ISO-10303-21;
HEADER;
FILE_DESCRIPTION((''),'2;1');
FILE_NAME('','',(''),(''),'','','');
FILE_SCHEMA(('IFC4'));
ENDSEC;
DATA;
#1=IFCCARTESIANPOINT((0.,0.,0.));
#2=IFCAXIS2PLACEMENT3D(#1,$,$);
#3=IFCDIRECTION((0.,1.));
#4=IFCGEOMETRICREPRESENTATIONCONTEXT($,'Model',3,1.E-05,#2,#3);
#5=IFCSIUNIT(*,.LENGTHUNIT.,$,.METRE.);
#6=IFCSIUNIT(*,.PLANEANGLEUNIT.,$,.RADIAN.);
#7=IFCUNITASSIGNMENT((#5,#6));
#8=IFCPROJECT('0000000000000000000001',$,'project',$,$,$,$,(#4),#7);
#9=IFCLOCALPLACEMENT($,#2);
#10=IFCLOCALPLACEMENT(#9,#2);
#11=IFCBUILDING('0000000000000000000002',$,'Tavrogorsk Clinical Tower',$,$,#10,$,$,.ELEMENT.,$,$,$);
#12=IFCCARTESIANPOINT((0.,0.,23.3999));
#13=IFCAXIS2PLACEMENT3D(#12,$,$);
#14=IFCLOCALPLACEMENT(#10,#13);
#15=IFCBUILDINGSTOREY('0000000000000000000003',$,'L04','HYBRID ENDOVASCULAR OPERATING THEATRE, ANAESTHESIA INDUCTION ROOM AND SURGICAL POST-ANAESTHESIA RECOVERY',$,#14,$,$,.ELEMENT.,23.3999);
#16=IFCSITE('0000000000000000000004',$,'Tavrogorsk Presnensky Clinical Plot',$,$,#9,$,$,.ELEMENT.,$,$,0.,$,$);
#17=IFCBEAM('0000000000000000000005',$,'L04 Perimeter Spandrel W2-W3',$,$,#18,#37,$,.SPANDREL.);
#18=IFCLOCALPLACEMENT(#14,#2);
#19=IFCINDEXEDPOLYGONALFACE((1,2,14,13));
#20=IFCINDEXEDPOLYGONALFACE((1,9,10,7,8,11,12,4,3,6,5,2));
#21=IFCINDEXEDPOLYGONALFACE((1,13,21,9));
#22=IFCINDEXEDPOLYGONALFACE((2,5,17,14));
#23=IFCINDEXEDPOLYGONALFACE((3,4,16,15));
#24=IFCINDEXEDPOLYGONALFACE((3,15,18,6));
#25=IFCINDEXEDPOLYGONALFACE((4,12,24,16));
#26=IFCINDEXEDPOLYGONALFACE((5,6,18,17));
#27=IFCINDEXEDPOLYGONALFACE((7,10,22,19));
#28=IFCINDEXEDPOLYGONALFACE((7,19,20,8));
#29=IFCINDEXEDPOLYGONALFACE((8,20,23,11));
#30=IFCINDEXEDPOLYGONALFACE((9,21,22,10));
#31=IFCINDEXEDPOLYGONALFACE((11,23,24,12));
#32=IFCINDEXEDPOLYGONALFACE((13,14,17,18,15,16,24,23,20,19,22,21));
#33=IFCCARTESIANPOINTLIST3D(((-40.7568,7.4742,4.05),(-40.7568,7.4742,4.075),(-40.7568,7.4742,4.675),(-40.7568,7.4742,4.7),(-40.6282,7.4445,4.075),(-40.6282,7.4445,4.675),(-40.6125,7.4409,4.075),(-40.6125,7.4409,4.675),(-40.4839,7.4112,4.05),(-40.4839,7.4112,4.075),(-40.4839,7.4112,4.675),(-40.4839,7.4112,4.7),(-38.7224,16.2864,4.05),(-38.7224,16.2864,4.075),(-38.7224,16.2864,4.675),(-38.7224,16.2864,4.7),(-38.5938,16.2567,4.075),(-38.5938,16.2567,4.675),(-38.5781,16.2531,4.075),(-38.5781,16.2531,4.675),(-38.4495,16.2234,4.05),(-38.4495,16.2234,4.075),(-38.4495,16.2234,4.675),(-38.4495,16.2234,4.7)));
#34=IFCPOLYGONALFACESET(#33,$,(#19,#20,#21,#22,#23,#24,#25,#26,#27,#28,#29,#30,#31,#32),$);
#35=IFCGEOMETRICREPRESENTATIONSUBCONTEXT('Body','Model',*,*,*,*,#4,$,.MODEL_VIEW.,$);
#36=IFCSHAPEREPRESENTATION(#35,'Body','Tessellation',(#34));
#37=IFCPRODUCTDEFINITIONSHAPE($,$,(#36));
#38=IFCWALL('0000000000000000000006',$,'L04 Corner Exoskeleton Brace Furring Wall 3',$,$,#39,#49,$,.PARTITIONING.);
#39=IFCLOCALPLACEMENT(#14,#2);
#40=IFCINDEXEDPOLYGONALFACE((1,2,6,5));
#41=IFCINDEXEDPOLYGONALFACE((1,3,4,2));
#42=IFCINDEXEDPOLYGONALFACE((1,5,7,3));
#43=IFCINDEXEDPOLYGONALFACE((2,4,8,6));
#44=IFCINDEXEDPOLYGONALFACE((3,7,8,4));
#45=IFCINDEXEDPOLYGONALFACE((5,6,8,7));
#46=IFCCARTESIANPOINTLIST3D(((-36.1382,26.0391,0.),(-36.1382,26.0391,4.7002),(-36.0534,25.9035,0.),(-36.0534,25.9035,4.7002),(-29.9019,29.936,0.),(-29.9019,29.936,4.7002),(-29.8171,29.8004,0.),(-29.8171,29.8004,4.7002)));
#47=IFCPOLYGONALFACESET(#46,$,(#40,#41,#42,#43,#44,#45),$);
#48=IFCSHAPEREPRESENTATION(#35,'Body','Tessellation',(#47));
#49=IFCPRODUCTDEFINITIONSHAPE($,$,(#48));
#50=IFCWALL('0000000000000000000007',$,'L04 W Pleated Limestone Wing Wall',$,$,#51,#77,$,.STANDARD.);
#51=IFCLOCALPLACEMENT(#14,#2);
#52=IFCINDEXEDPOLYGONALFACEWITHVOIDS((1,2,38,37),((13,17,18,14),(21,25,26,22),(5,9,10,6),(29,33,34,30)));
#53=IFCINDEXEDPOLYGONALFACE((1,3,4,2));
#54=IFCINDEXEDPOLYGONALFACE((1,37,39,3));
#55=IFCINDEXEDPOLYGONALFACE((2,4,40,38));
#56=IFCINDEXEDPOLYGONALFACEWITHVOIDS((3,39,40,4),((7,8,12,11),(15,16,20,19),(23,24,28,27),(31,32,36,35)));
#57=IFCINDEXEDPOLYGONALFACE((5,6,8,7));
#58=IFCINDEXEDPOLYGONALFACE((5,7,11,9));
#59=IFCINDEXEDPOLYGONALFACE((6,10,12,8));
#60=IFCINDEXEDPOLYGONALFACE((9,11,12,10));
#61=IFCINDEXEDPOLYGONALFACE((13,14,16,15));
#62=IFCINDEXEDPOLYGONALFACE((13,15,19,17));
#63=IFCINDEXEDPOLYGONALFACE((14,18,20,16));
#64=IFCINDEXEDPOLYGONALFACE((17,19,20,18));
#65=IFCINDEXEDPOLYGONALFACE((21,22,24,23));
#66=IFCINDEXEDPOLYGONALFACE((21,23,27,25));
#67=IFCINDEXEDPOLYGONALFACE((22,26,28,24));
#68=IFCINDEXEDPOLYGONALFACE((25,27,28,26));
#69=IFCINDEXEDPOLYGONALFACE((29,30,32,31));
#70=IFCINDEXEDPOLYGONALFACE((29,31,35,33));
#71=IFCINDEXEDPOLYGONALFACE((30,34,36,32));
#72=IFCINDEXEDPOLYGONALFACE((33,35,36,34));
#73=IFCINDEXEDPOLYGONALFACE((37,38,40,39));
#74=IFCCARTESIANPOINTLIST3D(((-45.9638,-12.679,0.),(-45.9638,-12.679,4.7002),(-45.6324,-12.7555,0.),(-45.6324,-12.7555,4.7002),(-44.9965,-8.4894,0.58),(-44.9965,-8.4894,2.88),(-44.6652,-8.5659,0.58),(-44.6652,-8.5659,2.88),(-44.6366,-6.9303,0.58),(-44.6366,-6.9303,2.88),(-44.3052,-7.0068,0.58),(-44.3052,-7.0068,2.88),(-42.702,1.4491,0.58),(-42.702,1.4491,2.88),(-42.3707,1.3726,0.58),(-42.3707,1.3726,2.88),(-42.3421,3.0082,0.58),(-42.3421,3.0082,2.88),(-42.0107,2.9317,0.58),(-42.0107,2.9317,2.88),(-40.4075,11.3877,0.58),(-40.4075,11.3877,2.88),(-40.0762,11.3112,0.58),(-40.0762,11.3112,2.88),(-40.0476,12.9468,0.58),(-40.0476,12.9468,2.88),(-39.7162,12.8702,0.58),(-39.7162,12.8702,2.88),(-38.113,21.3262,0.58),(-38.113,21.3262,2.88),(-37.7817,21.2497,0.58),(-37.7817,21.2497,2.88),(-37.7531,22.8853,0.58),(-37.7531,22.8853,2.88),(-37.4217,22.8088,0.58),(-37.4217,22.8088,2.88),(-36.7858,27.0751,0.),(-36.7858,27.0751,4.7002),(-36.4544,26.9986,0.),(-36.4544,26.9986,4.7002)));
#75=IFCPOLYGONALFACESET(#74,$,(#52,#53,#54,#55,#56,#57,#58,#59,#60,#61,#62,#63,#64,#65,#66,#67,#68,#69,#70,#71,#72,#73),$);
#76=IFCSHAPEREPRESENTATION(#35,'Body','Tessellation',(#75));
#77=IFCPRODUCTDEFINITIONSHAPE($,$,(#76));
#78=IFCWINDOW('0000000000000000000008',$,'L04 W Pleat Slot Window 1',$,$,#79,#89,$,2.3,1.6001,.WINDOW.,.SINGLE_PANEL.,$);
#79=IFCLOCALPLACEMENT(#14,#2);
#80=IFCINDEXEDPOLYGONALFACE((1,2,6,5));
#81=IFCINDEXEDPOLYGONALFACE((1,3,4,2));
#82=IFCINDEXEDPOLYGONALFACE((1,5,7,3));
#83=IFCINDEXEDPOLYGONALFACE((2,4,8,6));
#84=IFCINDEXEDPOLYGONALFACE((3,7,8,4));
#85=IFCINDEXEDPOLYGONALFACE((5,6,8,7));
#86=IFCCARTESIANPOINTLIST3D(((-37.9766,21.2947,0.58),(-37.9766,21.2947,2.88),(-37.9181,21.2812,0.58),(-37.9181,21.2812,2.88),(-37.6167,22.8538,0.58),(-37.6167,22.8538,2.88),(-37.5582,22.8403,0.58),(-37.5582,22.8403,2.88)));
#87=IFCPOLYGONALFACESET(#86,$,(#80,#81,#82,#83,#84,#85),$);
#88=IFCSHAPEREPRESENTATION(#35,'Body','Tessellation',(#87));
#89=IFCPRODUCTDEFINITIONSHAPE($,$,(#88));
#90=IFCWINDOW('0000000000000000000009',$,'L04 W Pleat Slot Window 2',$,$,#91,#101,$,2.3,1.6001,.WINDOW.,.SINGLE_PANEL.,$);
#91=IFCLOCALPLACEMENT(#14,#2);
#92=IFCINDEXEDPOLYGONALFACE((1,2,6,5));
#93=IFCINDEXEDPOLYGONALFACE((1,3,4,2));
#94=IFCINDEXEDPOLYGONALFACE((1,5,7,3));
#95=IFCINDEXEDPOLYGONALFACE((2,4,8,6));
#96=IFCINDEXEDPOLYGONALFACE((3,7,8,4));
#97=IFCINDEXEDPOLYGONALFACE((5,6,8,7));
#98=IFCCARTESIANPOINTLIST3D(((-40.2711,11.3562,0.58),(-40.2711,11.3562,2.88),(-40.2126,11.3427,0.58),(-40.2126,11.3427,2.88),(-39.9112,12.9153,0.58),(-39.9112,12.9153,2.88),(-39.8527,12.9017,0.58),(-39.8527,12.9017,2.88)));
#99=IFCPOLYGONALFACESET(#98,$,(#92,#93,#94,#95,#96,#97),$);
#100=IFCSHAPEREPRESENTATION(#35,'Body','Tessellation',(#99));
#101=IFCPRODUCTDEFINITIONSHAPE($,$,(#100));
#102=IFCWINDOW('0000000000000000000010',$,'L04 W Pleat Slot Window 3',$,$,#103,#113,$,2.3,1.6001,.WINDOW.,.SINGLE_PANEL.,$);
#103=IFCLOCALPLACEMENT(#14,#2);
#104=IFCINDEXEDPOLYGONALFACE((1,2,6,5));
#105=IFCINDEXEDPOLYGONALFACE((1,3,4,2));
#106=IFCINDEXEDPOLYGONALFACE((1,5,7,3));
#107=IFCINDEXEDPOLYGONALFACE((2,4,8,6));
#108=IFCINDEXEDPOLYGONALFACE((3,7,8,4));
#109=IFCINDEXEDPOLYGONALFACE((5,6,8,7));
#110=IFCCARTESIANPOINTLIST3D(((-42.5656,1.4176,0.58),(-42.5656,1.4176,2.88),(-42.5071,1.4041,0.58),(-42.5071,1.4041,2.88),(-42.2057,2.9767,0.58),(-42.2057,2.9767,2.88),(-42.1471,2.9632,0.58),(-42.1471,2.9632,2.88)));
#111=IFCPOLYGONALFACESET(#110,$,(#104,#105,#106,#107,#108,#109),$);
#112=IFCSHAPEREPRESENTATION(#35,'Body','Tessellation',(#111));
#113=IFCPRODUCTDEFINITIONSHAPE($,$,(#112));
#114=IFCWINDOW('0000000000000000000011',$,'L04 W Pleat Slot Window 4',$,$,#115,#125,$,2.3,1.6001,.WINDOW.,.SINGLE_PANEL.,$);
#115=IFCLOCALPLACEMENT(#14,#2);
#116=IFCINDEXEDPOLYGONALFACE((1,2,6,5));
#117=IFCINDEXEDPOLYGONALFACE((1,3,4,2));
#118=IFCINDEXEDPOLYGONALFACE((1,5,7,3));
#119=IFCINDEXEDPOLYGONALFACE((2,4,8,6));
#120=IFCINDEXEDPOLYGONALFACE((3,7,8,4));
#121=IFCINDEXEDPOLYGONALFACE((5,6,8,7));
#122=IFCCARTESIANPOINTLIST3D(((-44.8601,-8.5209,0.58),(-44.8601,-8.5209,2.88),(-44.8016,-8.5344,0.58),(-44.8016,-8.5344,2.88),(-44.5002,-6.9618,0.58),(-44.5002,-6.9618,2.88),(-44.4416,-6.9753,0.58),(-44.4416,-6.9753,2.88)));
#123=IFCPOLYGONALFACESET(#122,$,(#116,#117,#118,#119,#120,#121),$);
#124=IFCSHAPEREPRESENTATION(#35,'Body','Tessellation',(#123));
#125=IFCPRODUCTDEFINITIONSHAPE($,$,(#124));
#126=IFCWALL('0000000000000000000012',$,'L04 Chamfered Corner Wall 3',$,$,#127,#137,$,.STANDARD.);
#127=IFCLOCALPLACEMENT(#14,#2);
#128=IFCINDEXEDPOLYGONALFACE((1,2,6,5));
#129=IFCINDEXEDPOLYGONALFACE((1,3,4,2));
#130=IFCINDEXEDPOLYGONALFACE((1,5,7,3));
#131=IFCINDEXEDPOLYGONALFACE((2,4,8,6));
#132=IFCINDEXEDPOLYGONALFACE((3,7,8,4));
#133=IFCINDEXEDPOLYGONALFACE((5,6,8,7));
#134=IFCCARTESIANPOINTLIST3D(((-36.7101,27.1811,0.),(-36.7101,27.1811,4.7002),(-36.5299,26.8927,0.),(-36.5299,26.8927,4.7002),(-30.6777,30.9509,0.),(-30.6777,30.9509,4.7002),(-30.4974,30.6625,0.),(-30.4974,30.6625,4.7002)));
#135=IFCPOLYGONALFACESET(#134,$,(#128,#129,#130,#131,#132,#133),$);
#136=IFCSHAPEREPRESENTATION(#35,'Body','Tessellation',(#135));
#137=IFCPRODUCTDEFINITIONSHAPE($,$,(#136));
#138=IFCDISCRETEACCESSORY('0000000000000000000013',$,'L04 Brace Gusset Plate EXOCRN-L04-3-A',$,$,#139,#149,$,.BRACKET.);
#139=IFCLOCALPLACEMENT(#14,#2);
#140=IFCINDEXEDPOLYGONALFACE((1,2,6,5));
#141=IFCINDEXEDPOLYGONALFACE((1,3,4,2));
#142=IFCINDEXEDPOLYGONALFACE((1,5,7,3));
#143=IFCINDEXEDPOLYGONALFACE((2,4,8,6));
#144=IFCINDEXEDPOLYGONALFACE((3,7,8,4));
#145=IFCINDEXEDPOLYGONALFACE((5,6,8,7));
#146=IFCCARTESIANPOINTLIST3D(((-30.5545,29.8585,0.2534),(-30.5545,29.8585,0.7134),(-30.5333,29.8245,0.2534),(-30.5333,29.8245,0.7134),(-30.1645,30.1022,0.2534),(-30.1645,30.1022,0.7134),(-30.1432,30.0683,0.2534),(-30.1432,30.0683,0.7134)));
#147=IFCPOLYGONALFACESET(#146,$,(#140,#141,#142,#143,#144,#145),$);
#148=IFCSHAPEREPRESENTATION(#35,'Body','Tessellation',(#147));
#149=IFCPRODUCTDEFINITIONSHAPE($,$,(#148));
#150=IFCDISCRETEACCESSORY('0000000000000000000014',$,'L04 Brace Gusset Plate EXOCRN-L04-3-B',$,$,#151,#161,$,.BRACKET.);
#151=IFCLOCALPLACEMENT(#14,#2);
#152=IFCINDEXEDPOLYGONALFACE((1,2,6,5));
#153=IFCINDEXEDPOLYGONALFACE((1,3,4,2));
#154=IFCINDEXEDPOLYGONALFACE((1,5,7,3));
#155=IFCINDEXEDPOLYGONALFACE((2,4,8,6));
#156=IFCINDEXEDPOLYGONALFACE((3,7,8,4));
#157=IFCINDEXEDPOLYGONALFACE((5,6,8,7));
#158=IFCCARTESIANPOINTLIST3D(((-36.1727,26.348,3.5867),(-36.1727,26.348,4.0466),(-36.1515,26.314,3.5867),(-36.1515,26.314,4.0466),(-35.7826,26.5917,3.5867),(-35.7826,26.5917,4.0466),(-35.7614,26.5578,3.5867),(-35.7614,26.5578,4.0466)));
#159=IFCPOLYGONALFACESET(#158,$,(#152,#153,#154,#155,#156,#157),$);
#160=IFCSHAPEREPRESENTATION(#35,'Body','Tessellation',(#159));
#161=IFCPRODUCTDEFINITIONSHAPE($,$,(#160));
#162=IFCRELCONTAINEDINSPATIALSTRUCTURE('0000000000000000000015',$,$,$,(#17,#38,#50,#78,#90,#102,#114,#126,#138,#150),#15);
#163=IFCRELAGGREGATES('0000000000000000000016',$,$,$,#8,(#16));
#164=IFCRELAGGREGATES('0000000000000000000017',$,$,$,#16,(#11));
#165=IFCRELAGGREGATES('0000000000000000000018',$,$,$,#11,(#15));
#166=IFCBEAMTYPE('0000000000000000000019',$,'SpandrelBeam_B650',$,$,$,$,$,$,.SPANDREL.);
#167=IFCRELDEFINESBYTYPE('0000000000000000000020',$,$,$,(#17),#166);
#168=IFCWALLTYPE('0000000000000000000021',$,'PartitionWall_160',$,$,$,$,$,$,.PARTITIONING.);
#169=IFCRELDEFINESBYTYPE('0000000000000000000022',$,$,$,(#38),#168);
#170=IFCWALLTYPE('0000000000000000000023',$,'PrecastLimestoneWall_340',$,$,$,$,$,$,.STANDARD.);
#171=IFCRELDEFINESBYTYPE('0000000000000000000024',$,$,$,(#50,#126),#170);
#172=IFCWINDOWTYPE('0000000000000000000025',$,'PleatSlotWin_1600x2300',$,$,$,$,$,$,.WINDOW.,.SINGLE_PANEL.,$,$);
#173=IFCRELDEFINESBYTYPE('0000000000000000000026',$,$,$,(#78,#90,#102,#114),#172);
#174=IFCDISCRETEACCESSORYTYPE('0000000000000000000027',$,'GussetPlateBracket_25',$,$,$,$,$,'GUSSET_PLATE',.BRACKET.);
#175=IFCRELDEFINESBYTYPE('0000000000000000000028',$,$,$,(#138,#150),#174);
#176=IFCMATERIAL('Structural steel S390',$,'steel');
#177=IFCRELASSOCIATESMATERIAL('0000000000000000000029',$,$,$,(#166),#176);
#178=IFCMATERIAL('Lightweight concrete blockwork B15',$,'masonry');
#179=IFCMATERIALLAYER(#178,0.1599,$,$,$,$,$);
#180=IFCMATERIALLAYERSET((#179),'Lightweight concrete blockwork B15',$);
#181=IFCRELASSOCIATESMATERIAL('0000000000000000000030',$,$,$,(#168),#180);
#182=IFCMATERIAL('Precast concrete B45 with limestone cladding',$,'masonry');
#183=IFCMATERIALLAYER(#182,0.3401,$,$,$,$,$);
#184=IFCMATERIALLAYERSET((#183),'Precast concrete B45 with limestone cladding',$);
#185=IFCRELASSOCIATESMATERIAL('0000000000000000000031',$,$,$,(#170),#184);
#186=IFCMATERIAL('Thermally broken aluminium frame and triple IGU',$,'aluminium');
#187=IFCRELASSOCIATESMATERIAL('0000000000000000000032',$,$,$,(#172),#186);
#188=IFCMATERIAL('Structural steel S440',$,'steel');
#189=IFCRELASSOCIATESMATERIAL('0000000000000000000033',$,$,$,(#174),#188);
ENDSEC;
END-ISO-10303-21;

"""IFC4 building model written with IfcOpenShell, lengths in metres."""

from ifc_helpers import new_model, si_unit, direction, frame, frame_2d, origin, origin_2d, place, context, subcontext, project, spatial, rectangle, i_section, extrude, material, layer, layer_set, material_profile, profile_set, type_object, element, fill, save


model = new_model("IFC4")

# Units and contexts
model_context = context("Model", 3, precision=1e-05, world=origin(), true_north=direction((0.0, 1.0)))
body_context = subcontext(model_context, "Body", "Model", "MODEL_VIEW")
ifc_project = project(units=[si_unit("LENGTHUNIT", "METRE"), si_unit("PLANEANGLEUNIT", "RADIAN")], contexts=[model_context])

# Site, building, storey
site_placement = place(None, origin())
site = spatial("IfcSite", under=ifc_project, at=site_placement, Name="Tavrogorsk Presnensky Clinical Plot", CompositionType="ELEMENT", RefElevation=0.0)
building_placement = place(site_placement, origin())
building = spatial("IfcBuilding", under=site, at=building_placement, Name="Tavrogorsk Clinical Tower", CompositionType="ELEMENT")
storey_placement = place(building_placement, frame((0.0, 0.0, 23.3999)))
storey = spatial("IfcBuildingStorey", under=building, at=storey_placement, Name="L04", Description="HYBRID ENDOVASCULAR OPERATING THEATRE, ANAESTHESIA INDUCTION ROOM AND SURGICAL POST-ANAESTHESIA RECOVERY", CompositionType="ELEMENT", Elevation=23.3999)

# Beam
ifc_material_1 = material(Name="Structural steel S390", Category="steel")
ifc_material_profile_1 = material_profile(ifc_material_1, i_section(OverallWidth=0.28, OverallDepth=0.6499, WebThickness=0.0161, FlangeThickness=0.0249, at=origin_2d()), Name="B-650x280x16x25")
ifc_profile_set_1 = profile_set([ifc_material_profile_1], Name="Structural steel S390")
beam_type_1 = type_object("IfcBeamType", Name="SpandrelBeam_B650", PredefinedType="SPANDREL", material=ifc_profile_set_1)
beam_1_placement = place(storey_placement, frame((-38.5859, 16.2549, 4.375), z_axis=(-0.224946, -0.974371, 0.0), x_axis=(0.974371, -0.224946, 0.0)))
element("IfcBeam", 1, at=beam_1_placement, inside=storey, type_object=beam_type_1, Name="L04 Perimeter Spandrel W2-W3", PredefinedType="SPANDREL", context=body_context, shape_type="SweptSolid", body=[
    extrude(i_section(OverallWidth=0.28, OverallDepth=0.6499, WebThickness=0.0161, FlangeThickness=0.0249, at=origin_2d()), origin(), (0.0, 0.0, 1.0), 9.0439),
])

# Wall
ifc_material_2 = material(Name="Lightweight concrete blockwork B15", Category="masonry")
ifc_layer_1 = layer(ifc_material_2, 0.1599)
ifc_layer_set_1 = layer_set([ifc_layer_1], Name="Lightweight concrete blockwork B15")
wall_type_1 = type_object("IfcWallType", Name="PartitionWall_160", PredefinedType="PARTITIONING", material=ifc_layer_set_1)
wall_1_placement = place(storey_placement, frame((-29.8596, 29.8682, 0.0), z_axis=(0.0, 0.0, 1.0), x_axis=(-0.848043, -0.529927, 0.0)))
element("IfcWall", 2, at=wall_1_placement, inside=storey, type_object=wall_type_1, Name="L04 Corner Exoskeleton Brace Furring Wall 3", PredefinedType="PARTITIONING", context=body_context, shape_type="SweptSolid", body=[
    extrude(rectangle(XDim=7.3538, YDim=0.1599, at=frame_2d((3.6768, 0.0))), origin(), (0.0, 0.0, 1.0), 4.7002),
])

# Wall, openings, windows
ifc_material_3 = material(Name="Precast concrete B45 with limestone cladding", Category="masonry")
ifc_layer_2 = layer(ifc_material_3, 0.3401)
ifc_layer_set_2 = layer_set([ifc_layer_2], Name="Precast concrete B45 with limestone cladding")
wall_type_2 = type_object("IfcWallType", Name="PrecastLimestoneWall_340", PredefinedType="STANDARD", material=ifc_layer_set_2)
wall_2_placement = place(storey_placement, frame((-36.6201, 27.0369, 0.0), z_axis=(0.0, 0.0, 1.0), x_axis=(-0.224951, -0.97437, 0.0)))
wall_2 = element("IfcWall", 3, at=wall_2_placement, inside=storey, type_object=wall_type_2, Name="L04 W Pleated Limestone Wing Wall", PredefinedType="STANDARD", context=body_context, shape_type="SweptSolid", body=[
    extrude(rectangle(XDim=40.7998, YDim=0.3401, at=frame_2d((20.3999, 0.0))), origin(), (0.0, 0.0, 1.0), 4.7002),
])
opening_1_placement = place(wall_2_placement, frame((4.3, 0.0, 0.5801)))
opening_1 = element("IfcOpeningElement", 4, at=opening_1_placement, cuts=wall_2, PredefinedType="OPENING", context=body_context, shape_type="SweptSolid", body=[
    extrude(rectangle(XDim=1.6001, YDim=2.3, at=frame_2d((0.8, 1.1499))), frame((0.0, 0.1799, 0.0), z_axis=(0.0, -1.0, 0.0), x_axis=(1.0, 0.0, 0.0)), (0.0, 0.0, 1.0), 0.3601),
])
opening_2_placement = place(wall_2_placement, frame((14.5, 0.0, 0.5801)))
opening_2 = element("IfcOpeningElement", 5, at=opening_2_placement, cuts=wall_2, PredefinedType="OPENING", context=body_context, shape_type="SweptSolid", body=[
    extrude(rectangle(XDim=1.6001, YDim=2.3, at=frame_2d((0.8, 1.1499))), frame((0.0, 0.1799, 0.0), z_axis=(0.0, -1.0, 0.0), x_axis=(1.0, 0.0, 0.0)), (0.0, 0.0, 1.0), 0.3601),
])
opening_3_placement = place(wall_2_placement, frame((24.7, 0.0, 0.5801)))
opening_3 = element("IfcOpeningElement", 6, at=opening_3_placement, cuts=wall_2, PredefinedType="OPENING", context=body_context, shape_type="SweptSolid", body=[
    extrude(rectangle(XDim=1.6001, YDim=2.3, at=frame_2d((0.8, 1.1499))), frame((0.0, 0.1799, 0.0), z_axis=(0.0, -1.0, 0.0), x_axis=(1.0, 0.0, 0.0)), (0.0, 0.0, 1.0), 0.3601),
])
opening_4_placement = place(wall_2_placement, frame((34.8999, 0.0, 0.5801)))
opening_4 = element("IfcOpeningElement", 7, at=opening_4_placement, cuts=wall_2, PredefinedType="OPENING", context=body_context, shape_type="SweptSolid", body=[
    extrude(rectangle(XDim=1.6001, YDim=2.3, at=frame_2d((0.8, 1.1499))), frame((0.0, 0.1799, 0.0), z_axis=(0.0, -1.0, 0.0), x_axis=(1.0, 0.0, 0.0)), (0.0, 0.0, 1.0), 0.3601),
])
ifc_material_4 = material(Name="Thermally broken aluminium frame and triple IGU", Category="aluminium")
window_type = type_object("IfcWindowType", Name="PleatSlotWin_1600x2300", PartitioningType="SINGLE_PANEL", PredefinedType="WINDOW", material=ifc_material_4)
window_1_placement = place(opening_1_placement, origin())
window_1 = element("IfcWindow", 8, at=window_1_placement, inside=storey, type_object=window_type, Name="L04 W Pleat Slot Window 1", OverallHeight=2.3, OverallWidth=1.6001, PartitioningType="SINGLE_PANEL", PredefinedType="WINDOW", context=body_context, shape_type="SweptSolid", body=[
    extrude(rectangle(XDim=1.6001, YDim=2.3, at=frame_2d((0.8, 1.1499))), frame((0.0, 0.03, 0.0), z_axis=(0.0, -1.0, 0.0), x_axis=(1.0, 0.0, 0.0)), (0.0, 0.0, 1.0), 0.0601),
])
fill(opening_1, window_1)
window_2_placement = place(opening_2_placement, origin())
window_2 = element("IfcWindow", 9, at=window_2_placement, inside=storey, type_object=window_type, Name="L04 W Pleat Slot Window 2", OverallHeight=2.3, OverallWidth=1.6001, PartitioningType="SINGLE_PANEL", PredefinedType="WINDOW", context=body_context, shape_type="SweptSolid", body=[
    extrude(rectangle(XDim=1.6001, YDim=2.3, at=frame_2d((0.8, 1.1499))), frame((0.0, 0.03, 0.0), z_axis=(0.0, -1.0, 0.0), x_axis=(1.0, 0.0, 0.0)), (0.0, 0.0, 1.0), 0.0601),
])
fill(opening_2, window_2)
window_3_placement = place(opening_3_placement, origin())
window_3 = element("IfcWindow", 10, at=window_3_placement, inside=storey, type_object=window_type, Name="L04 W Pleat Slot Window 3", OverallHeight=2.3, OverallWidth=1.6001, PartitioningType="SINGLE_PANEL", PredefinedType="WINDOW", context=body_context, shape_type="SweptSolid", body=[
    extrude(rectangle(XDim=1.6001, YDim=2.3, at=frame_2d((0.8, 1.1499))), frame((0.0, 0.03, 0.0), z_axis=(0.0, -1.0, 0.0), x_axis=(1.0, 0.0, 0.0)), (0.0, 0.0, 1.0), 0.0601),
])
fill(opening_3, window_3)
window_4_placement = place(opening_4_placement, origin())
window_4 = element("IfcWindow", 11, at=window_4_placement, inside=storey, type_object=window_type, Name="L04 W Pleat Slot Window 4", OverallHeight=2.3, OverallWidth=1.6001, PartitioningType="SINGLE_PANEL", PredefinedType="WINDOW", context=body_context, shape_type="SweptSolid", body=[
    extrude(rectangle(XDim=1.6001, YDim=2.3, at=frame_2d((0.8, 1.1499))), frame((0.0, 0.03, 0.0), z_axis=(0.0, -1.0, 0.0), x_axis=(1.0, 0.0, 0.0)), (0.0, 0.0, 1.0), 0.0601),
])
fill(opening_4, window_4)

# Wall
wall_3_placement = place(storey_placement, frame((-30.5876, 30.8066, 0.0), z_axis=(0.0, 0.0, 1.0), x_axis=(-0.848031, -0.529946, 0.0)))
element("IfcWall", 12, at=wall_3_placement, inside=storey, type_object=wall_type_2, Name="L04 Chamfered Corner Wall 3", PredefinedType="STANDARD", context=body_context, shape_type="SweptSolid", body=[
    extrude(rectangle(XDim=7.1135, YDim=0.3401, at=frame_2d((3.5566, 0.0))), origin(), (0.0, 0.0, 1.0), 4.7002),
])

# Discrete accessories
ifc_material_5 = material(Name="Structural steel S440", Category="steel")
discrete_accessory_type = type_object("IfcDiscreteAccessoryType", Name="GussetPlateBracket_25", ElementType="GUSSET_PLATE", PredefinedType="BRACKET", material=ifc_material_5)
for number, where, z_axis, x_axis, name in (
    (13, (-30.3489, 29.9634, 0.2534), (0.0, 0.0, 1.0), (-0.848048, -0.529919, 0.0), "L04 Brace Gusset Plate EXOCRN-L04-3-A"),
    (14, (-35.967, 26.4529, 3.5867), (0.0, 0.0, 1.0), (-0.848048, -0.529919, 0.0), "L04 Brace Gusset Plate EXOCRN-L04-3-B"),
):
    element("IfcDiscreteAccessory", number, at=place(storey_placement, frame(where, z_axis=z_axis, x_axis=x_axis)), inside=storey, type_object=discrete_accessory_type, Name=name, PredefinedType="BRACKET", context=body_context, shape_type="SweptSolid", body=[
        extrude(rectangle(XDim=0.46, YDim=0.04, at=origin_2d()), origin(), (0.0, 0.0, 1.0), 0.46),
    ])

save(model, "model.ifc")
